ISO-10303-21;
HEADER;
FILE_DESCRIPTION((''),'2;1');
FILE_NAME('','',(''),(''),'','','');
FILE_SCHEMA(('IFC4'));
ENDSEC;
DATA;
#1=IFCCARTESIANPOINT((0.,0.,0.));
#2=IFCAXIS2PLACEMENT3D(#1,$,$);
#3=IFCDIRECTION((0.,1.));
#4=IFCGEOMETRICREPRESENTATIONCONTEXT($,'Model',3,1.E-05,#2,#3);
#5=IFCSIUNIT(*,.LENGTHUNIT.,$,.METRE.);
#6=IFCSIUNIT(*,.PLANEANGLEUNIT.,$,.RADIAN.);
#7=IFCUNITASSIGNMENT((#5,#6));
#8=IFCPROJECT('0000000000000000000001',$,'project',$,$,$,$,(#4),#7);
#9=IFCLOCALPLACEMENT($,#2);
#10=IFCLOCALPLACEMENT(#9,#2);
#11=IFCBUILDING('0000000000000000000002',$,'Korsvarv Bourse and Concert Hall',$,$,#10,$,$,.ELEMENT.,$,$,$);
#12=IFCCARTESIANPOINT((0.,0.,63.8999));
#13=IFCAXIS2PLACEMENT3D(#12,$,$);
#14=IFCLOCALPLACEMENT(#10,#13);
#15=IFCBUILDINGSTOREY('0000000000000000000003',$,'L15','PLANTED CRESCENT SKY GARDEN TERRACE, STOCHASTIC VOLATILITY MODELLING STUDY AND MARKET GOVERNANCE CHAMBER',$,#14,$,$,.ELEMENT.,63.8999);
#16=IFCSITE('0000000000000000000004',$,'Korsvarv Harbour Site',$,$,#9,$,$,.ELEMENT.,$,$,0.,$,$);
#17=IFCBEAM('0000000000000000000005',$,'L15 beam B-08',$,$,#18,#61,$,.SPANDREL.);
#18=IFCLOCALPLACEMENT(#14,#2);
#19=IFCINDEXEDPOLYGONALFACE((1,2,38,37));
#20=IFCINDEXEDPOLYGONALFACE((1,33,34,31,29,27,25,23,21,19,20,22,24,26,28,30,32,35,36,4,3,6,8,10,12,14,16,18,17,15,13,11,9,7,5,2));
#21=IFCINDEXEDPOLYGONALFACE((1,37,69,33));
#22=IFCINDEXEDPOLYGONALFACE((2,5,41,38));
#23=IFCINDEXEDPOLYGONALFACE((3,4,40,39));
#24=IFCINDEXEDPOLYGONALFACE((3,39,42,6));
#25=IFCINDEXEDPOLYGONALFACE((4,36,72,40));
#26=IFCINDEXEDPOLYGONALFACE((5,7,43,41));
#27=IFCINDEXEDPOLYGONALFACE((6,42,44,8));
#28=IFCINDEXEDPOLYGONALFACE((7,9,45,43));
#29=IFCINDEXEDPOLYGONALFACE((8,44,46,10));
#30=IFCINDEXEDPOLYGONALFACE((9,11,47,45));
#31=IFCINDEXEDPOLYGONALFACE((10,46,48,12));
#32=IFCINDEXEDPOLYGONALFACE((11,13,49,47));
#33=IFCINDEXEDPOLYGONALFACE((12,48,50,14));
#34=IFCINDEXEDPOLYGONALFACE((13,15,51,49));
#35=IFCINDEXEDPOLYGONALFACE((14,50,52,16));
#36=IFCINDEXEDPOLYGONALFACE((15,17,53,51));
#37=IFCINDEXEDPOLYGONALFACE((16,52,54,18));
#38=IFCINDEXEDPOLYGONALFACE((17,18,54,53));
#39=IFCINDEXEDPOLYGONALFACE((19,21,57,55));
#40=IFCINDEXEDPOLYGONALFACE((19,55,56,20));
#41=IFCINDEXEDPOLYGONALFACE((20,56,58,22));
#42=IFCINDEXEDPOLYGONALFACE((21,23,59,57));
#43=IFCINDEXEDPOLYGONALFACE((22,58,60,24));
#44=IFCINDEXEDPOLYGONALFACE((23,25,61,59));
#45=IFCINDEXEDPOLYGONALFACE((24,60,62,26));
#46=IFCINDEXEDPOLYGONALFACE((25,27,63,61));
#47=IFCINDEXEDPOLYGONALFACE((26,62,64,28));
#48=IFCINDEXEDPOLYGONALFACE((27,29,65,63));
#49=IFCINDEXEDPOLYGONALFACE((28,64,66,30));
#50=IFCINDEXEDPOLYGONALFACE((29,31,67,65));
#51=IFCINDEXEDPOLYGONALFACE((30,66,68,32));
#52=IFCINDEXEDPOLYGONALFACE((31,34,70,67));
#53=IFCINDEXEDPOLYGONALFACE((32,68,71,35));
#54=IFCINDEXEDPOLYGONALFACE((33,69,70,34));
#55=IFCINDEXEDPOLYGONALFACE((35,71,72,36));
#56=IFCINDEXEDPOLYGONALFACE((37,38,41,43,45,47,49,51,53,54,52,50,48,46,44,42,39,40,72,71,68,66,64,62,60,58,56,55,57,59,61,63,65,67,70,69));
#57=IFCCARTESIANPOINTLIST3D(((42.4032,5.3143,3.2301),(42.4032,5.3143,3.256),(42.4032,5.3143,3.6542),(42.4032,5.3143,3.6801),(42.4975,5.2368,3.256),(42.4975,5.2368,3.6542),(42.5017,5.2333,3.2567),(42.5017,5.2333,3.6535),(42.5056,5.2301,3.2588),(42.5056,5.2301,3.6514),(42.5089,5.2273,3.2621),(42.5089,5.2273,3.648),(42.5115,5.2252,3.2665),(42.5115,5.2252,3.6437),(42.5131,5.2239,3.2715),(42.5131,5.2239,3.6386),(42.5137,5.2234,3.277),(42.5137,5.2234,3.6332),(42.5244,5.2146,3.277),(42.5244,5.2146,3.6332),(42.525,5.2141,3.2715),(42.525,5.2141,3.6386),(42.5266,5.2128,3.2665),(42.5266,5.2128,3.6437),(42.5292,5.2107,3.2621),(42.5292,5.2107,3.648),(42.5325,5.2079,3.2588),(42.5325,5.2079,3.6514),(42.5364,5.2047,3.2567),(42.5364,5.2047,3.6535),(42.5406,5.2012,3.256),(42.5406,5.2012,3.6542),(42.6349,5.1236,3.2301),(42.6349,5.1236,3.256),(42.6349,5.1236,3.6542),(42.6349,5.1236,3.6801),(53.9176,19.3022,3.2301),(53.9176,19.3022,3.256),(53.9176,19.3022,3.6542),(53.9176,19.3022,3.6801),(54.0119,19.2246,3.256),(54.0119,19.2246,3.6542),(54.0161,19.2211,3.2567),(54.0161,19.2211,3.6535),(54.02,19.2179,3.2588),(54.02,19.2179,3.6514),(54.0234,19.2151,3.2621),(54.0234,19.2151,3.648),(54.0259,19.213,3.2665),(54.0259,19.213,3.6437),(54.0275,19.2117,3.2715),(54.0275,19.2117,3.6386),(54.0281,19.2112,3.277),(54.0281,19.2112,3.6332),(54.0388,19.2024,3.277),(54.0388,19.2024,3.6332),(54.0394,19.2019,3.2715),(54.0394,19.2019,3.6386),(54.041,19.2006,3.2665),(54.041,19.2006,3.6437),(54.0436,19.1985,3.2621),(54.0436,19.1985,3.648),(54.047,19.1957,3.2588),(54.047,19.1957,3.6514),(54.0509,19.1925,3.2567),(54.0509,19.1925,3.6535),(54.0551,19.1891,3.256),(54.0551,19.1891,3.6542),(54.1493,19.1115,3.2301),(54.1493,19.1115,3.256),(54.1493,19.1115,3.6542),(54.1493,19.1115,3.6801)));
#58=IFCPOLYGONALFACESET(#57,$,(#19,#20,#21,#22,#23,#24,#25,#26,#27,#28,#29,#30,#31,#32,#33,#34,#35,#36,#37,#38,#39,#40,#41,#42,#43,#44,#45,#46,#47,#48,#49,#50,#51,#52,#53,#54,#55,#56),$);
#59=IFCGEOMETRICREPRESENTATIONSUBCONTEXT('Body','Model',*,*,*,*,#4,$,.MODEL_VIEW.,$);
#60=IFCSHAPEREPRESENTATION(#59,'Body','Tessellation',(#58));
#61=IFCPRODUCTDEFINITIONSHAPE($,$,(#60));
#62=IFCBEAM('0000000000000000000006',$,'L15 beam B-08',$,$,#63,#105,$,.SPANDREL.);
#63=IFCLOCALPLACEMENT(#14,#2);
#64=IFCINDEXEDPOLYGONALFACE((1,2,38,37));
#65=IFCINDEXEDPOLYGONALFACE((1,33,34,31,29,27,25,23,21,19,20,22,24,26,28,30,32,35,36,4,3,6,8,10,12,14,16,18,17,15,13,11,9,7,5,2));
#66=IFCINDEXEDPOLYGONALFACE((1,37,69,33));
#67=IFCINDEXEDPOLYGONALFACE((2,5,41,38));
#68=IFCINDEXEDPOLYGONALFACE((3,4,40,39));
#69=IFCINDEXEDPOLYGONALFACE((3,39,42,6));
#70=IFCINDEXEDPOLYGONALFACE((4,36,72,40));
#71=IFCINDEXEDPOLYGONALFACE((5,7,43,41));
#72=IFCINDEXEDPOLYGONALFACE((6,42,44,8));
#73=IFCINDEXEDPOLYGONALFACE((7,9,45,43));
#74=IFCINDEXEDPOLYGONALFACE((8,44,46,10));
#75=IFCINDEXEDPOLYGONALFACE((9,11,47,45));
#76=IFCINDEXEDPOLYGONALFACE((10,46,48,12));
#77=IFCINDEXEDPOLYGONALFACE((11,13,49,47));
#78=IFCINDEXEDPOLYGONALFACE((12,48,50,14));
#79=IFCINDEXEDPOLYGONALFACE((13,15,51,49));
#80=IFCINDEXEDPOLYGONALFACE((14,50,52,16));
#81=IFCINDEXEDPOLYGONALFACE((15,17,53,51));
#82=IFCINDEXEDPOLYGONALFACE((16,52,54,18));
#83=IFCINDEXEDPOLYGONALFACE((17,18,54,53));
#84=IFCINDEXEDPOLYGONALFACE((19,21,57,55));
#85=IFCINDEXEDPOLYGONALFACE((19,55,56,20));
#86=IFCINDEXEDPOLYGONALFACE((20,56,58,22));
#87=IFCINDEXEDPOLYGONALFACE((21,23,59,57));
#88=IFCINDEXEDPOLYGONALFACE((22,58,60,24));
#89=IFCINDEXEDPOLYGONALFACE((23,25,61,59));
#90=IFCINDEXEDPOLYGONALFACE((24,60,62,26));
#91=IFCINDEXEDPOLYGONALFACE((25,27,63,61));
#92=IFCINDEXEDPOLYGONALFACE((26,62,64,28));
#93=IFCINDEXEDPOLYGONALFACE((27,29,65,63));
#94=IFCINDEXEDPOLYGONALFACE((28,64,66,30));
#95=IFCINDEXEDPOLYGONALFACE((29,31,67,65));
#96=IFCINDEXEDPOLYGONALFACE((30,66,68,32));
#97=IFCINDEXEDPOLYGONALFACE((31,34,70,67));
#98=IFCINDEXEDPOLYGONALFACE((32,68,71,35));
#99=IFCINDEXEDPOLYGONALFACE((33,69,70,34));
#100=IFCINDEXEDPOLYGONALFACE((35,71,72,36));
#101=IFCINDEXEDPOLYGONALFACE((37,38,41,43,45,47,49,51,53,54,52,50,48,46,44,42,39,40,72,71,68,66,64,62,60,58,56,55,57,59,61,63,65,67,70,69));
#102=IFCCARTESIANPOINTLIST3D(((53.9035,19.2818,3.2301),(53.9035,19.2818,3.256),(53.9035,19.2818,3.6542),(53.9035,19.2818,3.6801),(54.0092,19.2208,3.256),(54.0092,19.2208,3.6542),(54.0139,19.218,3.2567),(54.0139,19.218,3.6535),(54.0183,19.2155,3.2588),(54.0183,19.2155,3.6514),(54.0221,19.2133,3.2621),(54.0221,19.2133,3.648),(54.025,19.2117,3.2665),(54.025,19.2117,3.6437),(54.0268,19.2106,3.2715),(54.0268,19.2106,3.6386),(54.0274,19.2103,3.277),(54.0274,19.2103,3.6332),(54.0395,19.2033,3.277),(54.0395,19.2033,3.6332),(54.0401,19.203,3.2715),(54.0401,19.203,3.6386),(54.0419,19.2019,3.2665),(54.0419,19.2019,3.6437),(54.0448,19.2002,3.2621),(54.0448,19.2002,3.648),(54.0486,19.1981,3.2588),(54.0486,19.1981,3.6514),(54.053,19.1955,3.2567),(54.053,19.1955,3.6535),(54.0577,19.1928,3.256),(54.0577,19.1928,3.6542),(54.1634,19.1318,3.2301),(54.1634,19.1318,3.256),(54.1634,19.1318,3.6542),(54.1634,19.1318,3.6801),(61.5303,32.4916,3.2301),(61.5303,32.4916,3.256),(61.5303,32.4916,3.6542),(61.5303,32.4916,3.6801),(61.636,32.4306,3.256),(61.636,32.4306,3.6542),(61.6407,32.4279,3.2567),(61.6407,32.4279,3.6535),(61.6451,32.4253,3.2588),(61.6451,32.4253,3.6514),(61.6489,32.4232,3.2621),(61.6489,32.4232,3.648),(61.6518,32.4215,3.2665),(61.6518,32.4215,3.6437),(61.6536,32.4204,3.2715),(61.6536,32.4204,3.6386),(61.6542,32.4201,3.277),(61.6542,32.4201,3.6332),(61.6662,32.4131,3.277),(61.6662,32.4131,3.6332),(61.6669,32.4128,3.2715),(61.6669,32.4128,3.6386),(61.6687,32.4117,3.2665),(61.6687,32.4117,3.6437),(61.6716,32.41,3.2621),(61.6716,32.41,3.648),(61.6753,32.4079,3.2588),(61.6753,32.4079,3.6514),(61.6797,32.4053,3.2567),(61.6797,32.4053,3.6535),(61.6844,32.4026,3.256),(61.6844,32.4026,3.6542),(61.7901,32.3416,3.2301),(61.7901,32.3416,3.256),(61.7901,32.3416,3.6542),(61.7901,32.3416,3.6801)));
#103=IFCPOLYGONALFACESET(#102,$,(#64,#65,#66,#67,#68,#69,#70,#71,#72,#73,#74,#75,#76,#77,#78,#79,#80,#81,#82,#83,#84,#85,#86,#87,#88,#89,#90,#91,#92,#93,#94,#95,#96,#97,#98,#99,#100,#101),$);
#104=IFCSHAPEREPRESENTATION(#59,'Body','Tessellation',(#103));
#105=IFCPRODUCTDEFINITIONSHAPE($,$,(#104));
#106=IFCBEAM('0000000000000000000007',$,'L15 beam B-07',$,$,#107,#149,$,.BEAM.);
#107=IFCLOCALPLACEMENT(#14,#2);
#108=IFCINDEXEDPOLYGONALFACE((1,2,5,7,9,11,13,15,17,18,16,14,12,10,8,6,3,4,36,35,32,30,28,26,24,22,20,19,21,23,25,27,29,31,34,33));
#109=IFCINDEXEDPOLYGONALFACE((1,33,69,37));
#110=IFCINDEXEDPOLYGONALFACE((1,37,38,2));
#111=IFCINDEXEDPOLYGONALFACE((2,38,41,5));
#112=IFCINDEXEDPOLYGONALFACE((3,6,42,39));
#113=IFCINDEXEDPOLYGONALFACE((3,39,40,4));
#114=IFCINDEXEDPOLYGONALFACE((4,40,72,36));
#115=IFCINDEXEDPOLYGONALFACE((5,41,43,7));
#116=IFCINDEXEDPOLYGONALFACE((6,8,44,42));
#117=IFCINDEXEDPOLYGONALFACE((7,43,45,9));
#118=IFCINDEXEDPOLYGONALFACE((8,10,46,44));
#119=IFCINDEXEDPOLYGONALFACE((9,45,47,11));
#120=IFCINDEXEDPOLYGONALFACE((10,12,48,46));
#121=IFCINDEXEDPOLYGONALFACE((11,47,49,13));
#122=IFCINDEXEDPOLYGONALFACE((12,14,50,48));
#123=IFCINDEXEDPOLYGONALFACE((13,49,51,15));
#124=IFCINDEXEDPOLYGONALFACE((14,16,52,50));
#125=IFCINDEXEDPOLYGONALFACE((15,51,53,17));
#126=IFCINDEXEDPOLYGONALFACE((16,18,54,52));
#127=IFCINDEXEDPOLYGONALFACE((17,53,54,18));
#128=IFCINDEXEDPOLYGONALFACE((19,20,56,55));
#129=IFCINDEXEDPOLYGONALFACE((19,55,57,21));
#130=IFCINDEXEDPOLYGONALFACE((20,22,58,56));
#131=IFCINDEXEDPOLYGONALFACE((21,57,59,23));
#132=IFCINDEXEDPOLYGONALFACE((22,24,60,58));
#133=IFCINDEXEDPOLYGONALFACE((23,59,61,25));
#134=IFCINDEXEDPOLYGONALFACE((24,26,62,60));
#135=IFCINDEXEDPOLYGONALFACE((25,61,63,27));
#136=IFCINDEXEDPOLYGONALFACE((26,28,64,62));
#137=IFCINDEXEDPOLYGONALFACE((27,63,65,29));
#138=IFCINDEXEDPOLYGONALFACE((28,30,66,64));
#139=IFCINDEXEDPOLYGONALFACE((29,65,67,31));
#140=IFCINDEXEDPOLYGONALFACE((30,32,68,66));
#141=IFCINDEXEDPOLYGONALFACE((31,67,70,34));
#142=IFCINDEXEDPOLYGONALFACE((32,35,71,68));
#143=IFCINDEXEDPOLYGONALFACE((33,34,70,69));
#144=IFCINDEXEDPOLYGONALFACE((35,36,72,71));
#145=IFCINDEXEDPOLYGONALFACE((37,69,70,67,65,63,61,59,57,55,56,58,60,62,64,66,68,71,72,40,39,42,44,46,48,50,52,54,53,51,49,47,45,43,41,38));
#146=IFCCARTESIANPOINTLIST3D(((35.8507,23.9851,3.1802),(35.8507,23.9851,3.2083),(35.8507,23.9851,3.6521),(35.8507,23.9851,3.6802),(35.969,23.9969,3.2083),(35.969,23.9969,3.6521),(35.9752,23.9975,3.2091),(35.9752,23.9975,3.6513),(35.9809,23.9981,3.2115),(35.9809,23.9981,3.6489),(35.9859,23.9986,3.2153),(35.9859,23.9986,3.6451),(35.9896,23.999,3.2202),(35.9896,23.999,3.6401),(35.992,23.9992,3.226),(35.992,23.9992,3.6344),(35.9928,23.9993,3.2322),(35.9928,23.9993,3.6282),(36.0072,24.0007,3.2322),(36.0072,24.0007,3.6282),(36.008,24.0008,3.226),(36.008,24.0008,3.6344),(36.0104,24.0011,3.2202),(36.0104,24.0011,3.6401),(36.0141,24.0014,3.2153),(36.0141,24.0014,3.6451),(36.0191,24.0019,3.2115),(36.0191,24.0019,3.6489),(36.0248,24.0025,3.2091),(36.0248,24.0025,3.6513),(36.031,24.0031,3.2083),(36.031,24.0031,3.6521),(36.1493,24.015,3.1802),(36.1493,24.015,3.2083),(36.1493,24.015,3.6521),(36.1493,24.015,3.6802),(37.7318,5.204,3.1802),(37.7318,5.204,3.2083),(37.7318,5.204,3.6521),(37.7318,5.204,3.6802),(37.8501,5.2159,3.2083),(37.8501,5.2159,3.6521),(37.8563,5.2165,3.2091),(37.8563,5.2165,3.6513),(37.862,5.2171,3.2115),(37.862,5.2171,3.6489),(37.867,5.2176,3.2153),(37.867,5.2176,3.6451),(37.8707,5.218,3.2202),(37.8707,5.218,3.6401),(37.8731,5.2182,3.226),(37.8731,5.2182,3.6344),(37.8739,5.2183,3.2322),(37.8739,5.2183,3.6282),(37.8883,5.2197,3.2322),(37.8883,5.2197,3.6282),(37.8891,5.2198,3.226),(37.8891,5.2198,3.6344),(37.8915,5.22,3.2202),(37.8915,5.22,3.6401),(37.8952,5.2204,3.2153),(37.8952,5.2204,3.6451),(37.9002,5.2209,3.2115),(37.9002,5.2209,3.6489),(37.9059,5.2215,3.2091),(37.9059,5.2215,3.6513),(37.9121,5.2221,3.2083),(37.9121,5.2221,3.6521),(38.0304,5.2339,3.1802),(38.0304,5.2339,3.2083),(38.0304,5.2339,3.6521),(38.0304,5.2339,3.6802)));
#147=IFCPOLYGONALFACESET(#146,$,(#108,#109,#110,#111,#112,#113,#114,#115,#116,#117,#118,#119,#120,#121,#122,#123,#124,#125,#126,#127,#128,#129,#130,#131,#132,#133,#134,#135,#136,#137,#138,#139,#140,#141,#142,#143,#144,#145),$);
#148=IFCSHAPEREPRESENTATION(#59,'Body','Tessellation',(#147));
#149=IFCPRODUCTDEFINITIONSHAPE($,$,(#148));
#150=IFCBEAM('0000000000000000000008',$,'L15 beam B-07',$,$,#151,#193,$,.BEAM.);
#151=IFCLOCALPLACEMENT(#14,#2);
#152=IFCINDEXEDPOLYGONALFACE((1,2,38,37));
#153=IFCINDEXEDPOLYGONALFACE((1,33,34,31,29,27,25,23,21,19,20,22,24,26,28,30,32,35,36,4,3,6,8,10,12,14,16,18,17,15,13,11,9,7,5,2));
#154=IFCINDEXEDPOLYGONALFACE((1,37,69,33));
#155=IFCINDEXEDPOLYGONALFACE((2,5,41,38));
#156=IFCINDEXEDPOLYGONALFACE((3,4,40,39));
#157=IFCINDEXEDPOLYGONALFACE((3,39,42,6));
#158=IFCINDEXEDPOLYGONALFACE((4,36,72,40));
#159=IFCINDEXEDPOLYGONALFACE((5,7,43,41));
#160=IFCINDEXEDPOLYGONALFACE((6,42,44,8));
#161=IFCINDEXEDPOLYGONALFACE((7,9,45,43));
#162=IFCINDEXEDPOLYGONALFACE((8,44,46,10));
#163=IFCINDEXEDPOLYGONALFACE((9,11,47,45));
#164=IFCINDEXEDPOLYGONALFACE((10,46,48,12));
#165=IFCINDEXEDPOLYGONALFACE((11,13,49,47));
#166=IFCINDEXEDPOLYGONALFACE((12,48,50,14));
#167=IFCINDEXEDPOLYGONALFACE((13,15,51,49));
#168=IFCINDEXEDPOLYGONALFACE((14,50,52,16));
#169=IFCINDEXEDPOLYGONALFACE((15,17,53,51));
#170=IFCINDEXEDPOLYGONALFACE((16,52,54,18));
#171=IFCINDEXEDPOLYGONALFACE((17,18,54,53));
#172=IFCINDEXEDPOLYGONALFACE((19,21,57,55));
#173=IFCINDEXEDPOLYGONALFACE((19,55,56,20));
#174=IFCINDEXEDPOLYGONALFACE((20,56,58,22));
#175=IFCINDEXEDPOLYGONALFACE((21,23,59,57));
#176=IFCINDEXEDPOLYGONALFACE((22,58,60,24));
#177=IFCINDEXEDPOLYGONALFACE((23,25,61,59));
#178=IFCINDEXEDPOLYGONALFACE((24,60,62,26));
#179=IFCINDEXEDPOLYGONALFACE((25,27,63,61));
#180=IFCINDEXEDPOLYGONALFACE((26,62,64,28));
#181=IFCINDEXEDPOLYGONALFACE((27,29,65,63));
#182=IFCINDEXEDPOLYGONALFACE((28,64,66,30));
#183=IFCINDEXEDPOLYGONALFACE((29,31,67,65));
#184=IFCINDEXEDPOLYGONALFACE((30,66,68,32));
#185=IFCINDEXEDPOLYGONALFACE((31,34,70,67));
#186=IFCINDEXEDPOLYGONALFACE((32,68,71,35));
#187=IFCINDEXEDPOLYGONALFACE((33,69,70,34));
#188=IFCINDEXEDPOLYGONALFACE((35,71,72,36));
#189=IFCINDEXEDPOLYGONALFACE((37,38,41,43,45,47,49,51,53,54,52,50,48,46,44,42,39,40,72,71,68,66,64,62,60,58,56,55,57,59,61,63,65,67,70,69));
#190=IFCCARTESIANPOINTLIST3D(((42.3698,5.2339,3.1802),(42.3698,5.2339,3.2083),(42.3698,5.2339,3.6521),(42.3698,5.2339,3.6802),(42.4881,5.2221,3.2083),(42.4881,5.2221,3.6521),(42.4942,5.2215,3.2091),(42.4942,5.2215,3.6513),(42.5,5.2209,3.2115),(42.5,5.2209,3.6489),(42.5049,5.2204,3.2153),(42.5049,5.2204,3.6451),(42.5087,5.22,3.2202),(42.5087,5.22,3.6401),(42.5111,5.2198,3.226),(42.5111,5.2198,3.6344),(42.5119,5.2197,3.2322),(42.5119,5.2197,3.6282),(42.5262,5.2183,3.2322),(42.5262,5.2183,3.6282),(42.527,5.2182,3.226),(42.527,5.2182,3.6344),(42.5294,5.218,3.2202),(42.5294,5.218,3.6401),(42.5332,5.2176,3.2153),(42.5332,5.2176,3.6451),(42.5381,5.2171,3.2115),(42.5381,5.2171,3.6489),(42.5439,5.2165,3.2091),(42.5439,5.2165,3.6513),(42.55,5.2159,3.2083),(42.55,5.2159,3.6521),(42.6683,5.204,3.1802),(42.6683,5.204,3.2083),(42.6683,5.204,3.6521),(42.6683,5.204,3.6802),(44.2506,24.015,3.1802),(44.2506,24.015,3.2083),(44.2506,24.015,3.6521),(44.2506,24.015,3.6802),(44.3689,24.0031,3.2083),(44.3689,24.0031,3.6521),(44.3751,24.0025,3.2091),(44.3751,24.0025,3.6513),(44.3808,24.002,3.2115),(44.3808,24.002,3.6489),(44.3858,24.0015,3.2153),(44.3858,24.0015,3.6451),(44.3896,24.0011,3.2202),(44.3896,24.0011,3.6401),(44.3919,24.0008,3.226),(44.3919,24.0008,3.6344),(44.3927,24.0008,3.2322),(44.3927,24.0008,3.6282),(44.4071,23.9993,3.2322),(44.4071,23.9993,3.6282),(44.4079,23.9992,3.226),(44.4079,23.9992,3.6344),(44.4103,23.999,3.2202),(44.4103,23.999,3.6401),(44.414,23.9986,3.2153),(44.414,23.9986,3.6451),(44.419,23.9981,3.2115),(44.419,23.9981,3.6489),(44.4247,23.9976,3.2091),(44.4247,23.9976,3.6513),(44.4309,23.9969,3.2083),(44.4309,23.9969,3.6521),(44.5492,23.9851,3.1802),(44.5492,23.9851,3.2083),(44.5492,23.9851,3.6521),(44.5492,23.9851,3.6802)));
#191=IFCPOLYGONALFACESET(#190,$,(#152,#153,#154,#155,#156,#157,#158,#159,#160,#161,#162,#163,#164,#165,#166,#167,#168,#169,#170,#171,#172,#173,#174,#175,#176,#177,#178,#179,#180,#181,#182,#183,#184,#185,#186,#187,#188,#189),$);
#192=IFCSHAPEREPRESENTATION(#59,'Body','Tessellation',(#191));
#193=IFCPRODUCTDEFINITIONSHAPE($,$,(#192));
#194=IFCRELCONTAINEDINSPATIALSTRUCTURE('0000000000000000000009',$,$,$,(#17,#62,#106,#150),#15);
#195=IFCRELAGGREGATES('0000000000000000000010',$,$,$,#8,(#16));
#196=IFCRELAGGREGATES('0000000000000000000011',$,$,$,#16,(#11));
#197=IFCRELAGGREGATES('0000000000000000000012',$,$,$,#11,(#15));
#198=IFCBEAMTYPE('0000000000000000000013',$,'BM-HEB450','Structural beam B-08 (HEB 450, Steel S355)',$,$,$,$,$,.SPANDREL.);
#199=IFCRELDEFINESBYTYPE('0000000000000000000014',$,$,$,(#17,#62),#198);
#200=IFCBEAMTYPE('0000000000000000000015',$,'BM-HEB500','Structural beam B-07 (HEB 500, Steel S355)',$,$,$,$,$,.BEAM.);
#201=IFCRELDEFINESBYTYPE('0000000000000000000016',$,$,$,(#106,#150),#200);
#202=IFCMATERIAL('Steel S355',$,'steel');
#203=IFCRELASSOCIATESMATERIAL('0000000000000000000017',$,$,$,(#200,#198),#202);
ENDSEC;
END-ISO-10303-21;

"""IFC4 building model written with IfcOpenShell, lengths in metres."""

from ifc_helpers import new_model, si_unit, direction, frame, origin, origin_2d, place, context, subcontext, project, spatial, i_section, extrude, source, transform, mapped, material, material_profile, profile_set, type_object, element, save


model = new_model("IFC4")

# Units and contexts
model_context = context("Model", 3, precision=1e-05, world=origin(), true_north=direction((0.0, 1.0)))
body_context = subcontext(model_context, "Body", "Model", "MODEL_VIEW")
ifc_project = project(units=[si_unit("LENGTHUNIT", "METRE"), si_unit("PLANEANGLEUNIT", "RADIAN")], contexts=[model_context])

# Site, building, storey
site_placement = place(None, origin())
site = spatial("IfcSite", under=ifc_project, at=site_placement, Name="Korsvarv Harbour Site", CompositionType="ELEMENT", RefElevation=0.0)
building_placement = place(site_placement, origin())
building = spatial("IfcBuilding", under=site, at=building_placement, Name="Korsvarv Bourse and Concert Hall", CompositionType="ELEMENT")
storey_placement = place(building_placement, frame((0.0, 0.0, 63.8999)))
storey = spatial("IfcBuildingStorey", under=building, at=storey_placement, Name="L15", Description="PLANTED CRESCENT SKY GARDEN TERRACE, STOCHASTIC VOLATILITY MODELLING STUDY AND MARKET GOVERNANCE CHAMBER", CompositionType="ELEMENT", Elevation=63.8999)

# Beams
ifc_material_1 = material(Name="Steel S355", Category="steel")
ifc_material_profile_1 = material_profile(ifc_material_1, i_section(OverallWidth=0.3, OverallDepth=0.5, WebThickness=0.0144, FlangeThickness=0.0281, FilletRadius=0.0239, at=origin_2d()), Name="HEB 500")
ifc_profile_set_1 = profile_set([ifc_material_profile_1], Name="Steel S355")
beam_type_1 = type_object("IfcBeamType", Name="BM-HEB500", Description="Structural beam B-07 (HEB 500, Steel S355)", PredefinedType="BEAM", material=ifc_profile_set_1)
ifc_material_profile_2 = material_profile(ifc_material_1, i_section(OverallWidth=0.3, OverallDepth=0.45, WebThickness=0.0139, FlangeThickness=0.0259, FilletRadius=0.021, at=origin_2d()), Name="HEB 450")
ifc_profile_set_2 = profile_set([ifc_material_profile_2], Name="Steel S355")
beam_type_2 = type_object("IfcBeamType", Name="BM-HEB450", Description="Structural beam B-08 (HEB 450, Steel S355)", PredefinedType="SPANDREL", material=ifc_profile_set_2)
shared_shape_1 = source(origin(), body_context, "Body", "SweptSolid", [
    extrude(i_section(OverallWidth=0.3, OverallDepth=0.45, WebThickness=0.0139, FlangeThickness=0.0259, FilletRadius=0.021, at=origin_2d()), origin(), (0.0, 0.0, 1.0), 18.1174),
])
beam_1_placement = place(storey_placement, frame((42.519, 5.219, 3.4551), z_axis=(0.635544, 0.772064, 0.0), x_axis=(-0.772064, 0.635544, 0.0)))
element("IfcBeam", 1, at=beam_1_placement, inside=storey, type_object=beam_type_2, Name="L15 beam B-08", PredefinedType="SPANDREL", context=body_context, shape_type="MappedRepresentation", body=[
    mapped(shared_shape_1, transform((0.0, 0.0, 0.0), scale=1.0)),
])
shared_shape_2 = source(origin(), body_context, "Body", "SweptSolid", [
    extrude(i_section(OverallWidth=0.3, OverallDepth=0.45, WebThickness=0.0139, FlangeThickness=0.0259, FilletRadius=0.021, at=origin_2d()), origin(), (0.0, 0.0, 1.0), 15.2534),
])
beam_2_placement = place(storey_placement, frame((54.0334, 19.2068, 3.4551), z_axis=(0.500004, 0.866023, 0.0), x_axis=(-0.866023, 0.500004, 0.0)))
element("IfcBeam", 2, at=beam_2_placement, inside=storey, type_object=beam_type_2, Name="L15 beam B-08", PredefinedType="SPANDREL", context=body_context, shape_type="MappedRepresentation", body=[
    mapped(shared_shape_2, transform((0.0, 0.0, 0.0), scale=1.0)),
])
shared_shape_3 = source(origin(), body_context, "Body", "SweptSolid", [
    extrude(i_section(OverallWidth=0.3, OverallDepth=0.5, WebThickness=0.0144, FlangeThickness=0.0281, FilletRadius=0.0239, at=origin_2d()), origin(), (0.0, 0.0, 1.0), 18.875),
])
for number, where, z_axis, x_axis, name in (
    (3, (37.8811, 5.219, 3.4302), (-0.099661, 0.995021, 0.0), (-0.995021, -0.099661, 0.0), "L15 beam B-07"),
    (4, (42.519, 5.219, 3.4302), (0.099648, 0.995023, 0.0), (-0.995023, 0.099648, 0.0), "L15 beam B-07"),
):
    element("IfcBeam", number, at=place(storey_placement, frame(where, z_axis=z_axis, x_axis=x_axis)), inside=storey, type_object=beam_type_1, Name=name, PredefinedType="BEAM", context=body_context, shape_type="MappedRepresentation", body=[
        mapped(shared_shape_3, transform((0.0, 0.0, 0.0), scale=1.0)),
    ])

save(model, "model.ifc")
